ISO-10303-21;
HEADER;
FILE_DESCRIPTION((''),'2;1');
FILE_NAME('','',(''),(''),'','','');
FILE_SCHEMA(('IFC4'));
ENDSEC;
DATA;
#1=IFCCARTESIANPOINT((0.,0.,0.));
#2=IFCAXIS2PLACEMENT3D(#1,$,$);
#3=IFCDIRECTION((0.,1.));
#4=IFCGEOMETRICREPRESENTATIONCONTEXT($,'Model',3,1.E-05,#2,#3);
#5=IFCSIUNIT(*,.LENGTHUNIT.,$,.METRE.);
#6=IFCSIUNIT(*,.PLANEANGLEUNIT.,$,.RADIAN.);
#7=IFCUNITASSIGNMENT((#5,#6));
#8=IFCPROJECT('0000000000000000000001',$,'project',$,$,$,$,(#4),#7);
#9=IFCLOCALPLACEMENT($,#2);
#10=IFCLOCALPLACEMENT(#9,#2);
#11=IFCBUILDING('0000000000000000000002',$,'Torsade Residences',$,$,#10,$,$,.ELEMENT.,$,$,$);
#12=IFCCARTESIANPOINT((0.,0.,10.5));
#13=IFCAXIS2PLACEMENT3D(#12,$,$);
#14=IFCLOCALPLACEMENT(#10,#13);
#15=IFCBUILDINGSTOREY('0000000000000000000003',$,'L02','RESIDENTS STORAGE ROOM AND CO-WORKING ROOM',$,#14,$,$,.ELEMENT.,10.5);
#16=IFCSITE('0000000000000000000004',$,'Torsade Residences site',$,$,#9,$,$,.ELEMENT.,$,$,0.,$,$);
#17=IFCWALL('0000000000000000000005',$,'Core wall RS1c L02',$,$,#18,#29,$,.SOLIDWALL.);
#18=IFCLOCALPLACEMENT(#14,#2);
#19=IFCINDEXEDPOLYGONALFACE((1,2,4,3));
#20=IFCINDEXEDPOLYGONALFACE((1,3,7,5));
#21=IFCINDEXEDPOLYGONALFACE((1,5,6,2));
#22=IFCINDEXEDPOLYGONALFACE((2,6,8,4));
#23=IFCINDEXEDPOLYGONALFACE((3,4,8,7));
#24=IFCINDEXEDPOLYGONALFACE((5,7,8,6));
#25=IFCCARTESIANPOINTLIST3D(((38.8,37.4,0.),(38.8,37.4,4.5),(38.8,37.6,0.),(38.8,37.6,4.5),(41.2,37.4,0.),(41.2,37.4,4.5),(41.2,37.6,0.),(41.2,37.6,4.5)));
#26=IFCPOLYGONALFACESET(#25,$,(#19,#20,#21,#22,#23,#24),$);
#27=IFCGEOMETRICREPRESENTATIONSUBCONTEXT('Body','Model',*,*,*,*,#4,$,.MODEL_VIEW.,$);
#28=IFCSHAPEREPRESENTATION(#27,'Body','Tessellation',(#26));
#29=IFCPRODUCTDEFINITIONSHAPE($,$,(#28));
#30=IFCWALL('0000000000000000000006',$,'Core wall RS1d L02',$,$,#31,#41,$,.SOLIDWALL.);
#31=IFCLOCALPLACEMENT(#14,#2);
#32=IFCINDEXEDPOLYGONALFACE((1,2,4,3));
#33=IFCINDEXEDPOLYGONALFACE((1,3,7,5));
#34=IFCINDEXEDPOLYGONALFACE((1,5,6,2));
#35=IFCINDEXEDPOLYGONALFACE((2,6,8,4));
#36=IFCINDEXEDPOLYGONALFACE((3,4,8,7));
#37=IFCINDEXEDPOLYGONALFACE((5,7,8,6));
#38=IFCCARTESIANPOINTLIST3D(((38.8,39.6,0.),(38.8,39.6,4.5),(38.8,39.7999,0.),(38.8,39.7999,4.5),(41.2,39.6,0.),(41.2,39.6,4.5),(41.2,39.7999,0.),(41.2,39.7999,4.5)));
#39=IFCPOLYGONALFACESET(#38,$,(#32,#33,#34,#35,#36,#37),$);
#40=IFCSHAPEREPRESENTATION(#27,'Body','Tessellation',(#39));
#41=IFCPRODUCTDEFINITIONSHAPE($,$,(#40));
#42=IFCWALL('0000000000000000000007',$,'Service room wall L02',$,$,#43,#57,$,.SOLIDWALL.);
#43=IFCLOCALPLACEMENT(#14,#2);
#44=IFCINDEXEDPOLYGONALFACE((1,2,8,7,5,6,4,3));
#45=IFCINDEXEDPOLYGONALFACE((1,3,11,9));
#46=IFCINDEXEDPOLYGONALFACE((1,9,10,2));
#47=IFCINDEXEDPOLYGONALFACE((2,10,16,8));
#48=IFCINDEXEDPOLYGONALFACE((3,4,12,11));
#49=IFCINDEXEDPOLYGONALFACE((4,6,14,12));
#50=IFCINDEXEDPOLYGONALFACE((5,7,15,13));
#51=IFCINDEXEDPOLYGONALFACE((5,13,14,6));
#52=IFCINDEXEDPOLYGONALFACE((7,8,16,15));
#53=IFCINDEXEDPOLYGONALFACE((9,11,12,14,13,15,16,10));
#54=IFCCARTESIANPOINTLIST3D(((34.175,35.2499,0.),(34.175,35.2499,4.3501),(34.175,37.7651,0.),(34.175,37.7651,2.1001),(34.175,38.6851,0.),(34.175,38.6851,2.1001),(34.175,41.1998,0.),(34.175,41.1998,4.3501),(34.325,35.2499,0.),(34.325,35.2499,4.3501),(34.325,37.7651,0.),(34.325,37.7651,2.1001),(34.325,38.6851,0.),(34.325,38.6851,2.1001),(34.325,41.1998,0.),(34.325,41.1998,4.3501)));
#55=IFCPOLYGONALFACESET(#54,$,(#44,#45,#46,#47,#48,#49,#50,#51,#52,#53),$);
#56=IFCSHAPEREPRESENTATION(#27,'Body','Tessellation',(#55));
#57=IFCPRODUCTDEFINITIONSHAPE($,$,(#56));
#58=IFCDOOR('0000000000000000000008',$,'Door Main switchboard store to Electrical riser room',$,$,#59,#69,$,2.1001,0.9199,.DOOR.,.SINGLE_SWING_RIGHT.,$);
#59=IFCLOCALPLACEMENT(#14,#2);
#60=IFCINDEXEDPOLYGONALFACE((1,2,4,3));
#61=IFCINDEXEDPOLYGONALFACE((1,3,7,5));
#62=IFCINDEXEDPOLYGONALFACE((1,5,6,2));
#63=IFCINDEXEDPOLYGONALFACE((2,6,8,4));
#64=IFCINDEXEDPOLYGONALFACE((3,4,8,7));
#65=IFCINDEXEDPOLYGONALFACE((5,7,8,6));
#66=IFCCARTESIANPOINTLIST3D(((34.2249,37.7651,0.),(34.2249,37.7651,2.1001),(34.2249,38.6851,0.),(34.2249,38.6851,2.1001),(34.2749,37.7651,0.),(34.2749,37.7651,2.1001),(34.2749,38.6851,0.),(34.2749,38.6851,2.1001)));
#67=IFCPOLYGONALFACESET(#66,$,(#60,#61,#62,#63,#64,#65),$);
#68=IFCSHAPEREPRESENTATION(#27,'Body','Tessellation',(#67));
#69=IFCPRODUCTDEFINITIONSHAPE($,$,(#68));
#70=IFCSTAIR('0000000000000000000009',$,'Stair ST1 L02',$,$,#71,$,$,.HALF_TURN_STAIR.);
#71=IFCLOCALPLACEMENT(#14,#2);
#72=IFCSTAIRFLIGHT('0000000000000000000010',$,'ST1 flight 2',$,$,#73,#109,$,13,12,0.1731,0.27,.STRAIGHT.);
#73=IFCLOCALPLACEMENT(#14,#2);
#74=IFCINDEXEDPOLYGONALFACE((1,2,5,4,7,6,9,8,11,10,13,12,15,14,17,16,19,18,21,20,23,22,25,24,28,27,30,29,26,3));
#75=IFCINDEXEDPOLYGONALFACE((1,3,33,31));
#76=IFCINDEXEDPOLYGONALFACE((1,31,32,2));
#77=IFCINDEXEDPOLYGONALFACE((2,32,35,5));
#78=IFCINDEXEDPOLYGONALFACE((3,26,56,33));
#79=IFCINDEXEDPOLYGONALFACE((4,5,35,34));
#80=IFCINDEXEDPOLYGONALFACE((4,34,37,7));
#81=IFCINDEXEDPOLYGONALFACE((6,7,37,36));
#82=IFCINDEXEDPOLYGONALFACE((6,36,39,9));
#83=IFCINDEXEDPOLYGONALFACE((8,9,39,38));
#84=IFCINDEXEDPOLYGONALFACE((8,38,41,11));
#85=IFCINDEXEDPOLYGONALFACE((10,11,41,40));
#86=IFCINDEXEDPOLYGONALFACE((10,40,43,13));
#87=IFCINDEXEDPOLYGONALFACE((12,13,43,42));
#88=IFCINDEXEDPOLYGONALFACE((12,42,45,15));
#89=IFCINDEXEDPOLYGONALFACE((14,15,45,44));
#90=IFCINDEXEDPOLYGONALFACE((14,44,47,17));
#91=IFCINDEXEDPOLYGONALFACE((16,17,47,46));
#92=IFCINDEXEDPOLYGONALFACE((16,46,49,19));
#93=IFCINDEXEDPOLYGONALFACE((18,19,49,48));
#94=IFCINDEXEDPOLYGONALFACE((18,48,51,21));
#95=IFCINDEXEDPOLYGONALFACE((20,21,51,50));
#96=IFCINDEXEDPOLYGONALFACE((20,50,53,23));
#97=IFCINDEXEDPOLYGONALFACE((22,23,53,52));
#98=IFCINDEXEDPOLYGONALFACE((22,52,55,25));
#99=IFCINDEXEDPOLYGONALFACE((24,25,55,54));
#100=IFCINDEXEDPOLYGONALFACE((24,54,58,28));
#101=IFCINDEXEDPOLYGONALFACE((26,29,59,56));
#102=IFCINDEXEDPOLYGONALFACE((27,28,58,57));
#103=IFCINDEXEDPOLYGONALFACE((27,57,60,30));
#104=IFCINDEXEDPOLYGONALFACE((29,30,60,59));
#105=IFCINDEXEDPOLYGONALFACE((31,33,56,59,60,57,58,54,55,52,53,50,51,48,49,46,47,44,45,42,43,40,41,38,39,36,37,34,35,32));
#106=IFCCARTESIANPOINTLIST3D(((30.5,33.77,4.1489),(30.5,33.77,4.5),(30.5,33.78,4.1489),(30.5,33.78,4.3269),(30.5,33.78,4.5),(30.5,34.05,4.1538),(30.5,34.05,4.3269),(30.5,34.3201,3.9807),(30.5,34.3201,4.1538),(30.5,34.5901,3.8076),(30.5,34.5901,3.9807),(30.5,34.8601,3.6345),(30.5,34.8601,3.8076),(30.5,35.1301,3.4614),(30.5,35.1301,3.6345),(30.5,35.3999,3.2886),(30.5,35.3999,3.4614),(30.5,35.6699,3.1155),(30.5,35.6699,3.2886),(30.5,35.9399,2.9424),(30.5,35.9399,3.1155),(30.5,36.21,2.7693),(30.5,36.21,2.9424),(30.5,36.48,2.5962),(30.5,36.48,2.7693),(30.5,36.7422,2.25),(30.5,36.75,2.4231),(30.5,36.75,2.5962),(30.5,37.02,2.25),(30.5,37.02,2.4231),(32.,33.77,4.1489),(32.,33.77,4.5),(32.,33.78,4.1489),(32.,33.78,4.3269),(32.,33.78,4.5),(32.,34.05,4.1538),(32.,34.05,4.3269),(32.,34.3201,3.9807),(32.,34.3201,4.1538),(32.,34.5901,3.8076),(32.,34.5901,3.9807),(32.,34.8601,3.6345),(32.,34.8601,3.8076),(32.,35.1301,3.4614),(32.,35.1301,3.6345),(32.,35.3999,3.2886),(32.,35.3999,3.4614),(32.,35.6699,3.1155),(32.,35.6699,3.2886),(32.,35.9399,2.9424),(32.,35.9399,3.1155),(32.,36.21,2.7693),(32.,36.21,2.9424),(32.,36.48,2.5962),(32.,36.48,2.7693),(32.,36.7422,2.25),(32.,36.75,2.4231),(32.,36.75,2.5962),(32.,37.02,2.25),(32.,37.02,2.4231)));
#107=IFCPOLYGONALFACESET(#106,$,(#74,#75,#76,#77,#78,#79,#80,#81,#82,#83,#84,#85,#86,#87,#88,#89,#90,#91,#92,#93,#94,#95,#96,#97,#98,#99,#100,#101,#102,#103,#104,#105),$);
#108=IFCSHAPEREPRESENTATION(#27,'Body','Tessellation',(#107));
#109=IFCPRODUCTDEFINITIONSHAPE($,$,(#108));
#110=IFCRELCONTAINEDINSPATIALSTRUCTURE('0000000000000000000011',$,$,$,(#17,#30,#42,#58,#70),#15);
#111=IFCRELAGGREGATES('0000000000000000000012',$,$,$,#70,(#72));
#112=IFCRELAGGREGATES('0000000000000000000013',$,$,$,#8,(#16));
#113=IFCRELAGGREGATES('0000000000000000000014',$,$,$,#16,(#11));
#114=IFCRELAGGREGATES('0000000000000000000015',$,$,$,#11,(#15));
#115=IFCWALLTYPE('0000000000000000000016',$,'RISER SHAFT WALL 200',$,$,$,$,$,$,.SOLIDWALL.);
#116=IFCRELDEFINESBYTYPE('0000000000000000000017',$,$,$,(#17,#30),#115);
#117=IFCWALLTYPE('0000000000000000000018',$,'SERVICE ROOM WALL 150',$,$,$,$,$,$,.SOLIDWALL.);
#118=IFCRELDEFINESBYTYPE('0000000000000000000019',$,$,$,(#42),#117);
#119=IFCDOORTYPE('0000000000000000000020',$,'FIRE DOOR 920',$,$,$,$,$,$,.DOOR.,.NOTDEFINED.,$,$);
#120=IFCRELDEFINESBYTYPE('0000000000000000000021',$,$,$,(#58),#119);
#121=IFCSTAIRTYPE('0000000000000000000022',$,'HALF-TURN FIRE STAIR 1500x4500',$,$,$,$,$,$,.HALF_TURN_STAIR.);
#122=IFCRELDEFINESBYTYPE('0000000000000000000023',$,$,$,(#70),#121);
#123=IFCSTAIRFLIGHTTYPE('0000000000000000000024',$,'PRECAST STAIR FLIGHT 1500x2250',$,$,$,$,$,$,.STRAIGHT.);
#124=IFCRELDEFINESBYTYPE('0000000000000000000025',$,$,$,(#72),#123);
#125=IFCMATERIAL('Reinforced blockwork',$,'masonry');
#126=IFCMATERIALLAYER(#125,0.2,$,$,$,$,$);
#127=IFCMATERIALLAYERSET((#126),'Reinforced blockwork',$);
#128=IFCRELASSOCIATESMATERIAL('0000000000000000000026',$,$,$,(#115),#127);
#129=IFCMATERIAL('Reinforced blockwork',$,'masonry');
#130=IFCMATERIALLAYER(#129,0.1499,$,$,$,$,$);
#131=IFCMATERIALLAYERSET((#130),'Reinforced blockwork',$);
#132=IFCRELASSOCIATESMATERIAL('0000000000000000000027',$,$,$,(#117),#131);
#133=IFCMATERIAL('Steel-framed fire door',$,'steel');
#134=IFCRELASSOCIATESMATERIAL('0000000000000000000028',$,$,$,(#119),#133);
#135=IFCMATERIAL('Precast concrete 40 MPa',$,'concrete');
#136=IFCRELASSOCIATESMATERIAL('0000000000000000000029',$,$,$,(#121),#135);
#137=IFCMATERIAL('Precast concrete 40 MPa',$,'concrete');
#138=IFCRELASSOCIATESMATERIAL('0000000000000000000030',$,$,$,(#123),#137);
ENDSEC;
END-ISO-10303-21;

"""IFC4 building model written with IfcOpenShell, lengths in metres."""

from ifc_helpers import new_model, si_unit, direction, frame, frame_2d, origin, place, context, subcontext, project, spatial, polyline, rectangle, outline, extrude, material, layer, layer_set, type_object, element, fill, aggregate, save


model = new_model("IFC4")

# Units and contexts
model_context = context("Model", 3, precision=1e-05, world=origin(), true_north=direction((0.0, 1.0)))
body_context = subcontext(model_context, "Body", "Model", "MODEL_VIEW")
ifc_project = project(units=[si_unit("LENGTHUNIT", "METRE"), si_unit("PLANEANGLEUNIT", "RADIAN")], contexts=[model_context])

# Site, building, storey
site_placement = place(None, origin())
site = spatial("IfcSite", under=ifc_project, at=site_placement, Name="Torsade Residences site", CompositionType="ELEMENT", RefElevation=0.0)
building_placement = place(site_placement, origin())
building = spatial("IfcBuilding", under=site, at=building_placement, Name="Torsade Residences", CompositionType="ELEMENT")
storey_placement = place(building_placement, frame((0.0, 0.0, 10.5)))
storey = spatial("IfcBuildingStorey", under=building, at=storey_placement, Name="L02", Description="RESIDENTS STORAGE ROOM AND CO-WORKING ROOM", CompositionType="ELEMENT", Elevation=10.5)

# Walls
ifc_material_1 = material(Name="Reinforced blockwork", Category="masonry")
ifc_layer_1 = layer(ifc_material_1, 0.2)
ifc_layer_set_1 = layer_set([ifc_layer_1], Name="Reinforced blockwork")
wall_type_1 = type_object("IfcWallType", Name="RISER SHAFT WALL 200", PredefinedType="SOLIDWALL", material=ifc_layer_set_1)
for number, where, z_axis, x_axis, name in (
    (1, (38.8, 37.5, 0.0), (0.0, 0.0, 1.0), (1.0, 0.0, 0.0), "Core wall RS1c L02"),
    (2, (38.8, 39.7, 0.0), (0.0, 0.0, 1.0), (1.0, 0.0, 0.0), "Core wall RS1d L02"),
):
    element("IfcWall", number, at=place(storey_placement, frame(where, z_axis=z_axis, x_axis=x_axis)), inside=storey, type_object=wall_type_1, Name=name, PredefinedType="SOLIDWALL", context=body_context, shape_type="SweptSolid", body=[
        extrude(rectangle(XDim=2.3999, YDim=0.2, at=frame_2d((1.2, 0.0))), origin(), (0.0, 0.0, 1.0), 4.5),
    ])

# Wall, opening, door
ifc_material_2 = material(Name="Reinforced blockwork", Category="masonry")
ifc_layer_2 = layer(ifc_material_2, 0.1499)
ifc_layer_set_2 = layer_set([ifc_layer_2], Name="Reinforced blockwork")
wall_type_2 = type_object("IfcWallType", Name="SERVICE ROOM WALL 150", PredefinedType="SOLIDWALL", material=ifc_layer_set_2)
wall_1_placement = place(storey_placement, frame((34.25, 41.2, 0.0), z_axis=(0.0, 0.0, 1.0), x_axis=(0.0, -1.0, 0.0)))
wall_1 = element("IfcWall", 3, at=wall_1_placement, inside=storey, type_object=wall_type_2, Name="Service room wall L02", PredefinedType="SOLIDWALL", context=body_context, shape_type="SweptSolid", body=[
    extrude(rectangle(XDim=5.95, YDim=0.1499, at=frame_2d((2.9751, 0.0))), origin(), (0.0, 0.0, 1.0), 4.3501),
])
opening_1_placement = place(wall_1_placement, frame((2.5149, 0.0, 0.0)))
opening_1 = element("IfcOpeningElement", 4, at=opening_1_placement, cuts=wall_1, PredefinedType="OPENING", context=body_context, shape_type="SweptSolid", body=[
    extrude(rectangle(XDim=0.9199, YDim=2.1001, at=frame_2d((0.46, 1.05))), frame((0.0, 0.085, 0.0), z_axis=(0.0, -1.0, 0.0), x_axis=(1.0, 0.0, 0.0)), (0.0, 0.0, 1.0), 0.1699),
])
ifc_material_3 = material(Name="Steel-framed fire door", Category="steel")
door_type_1 = type_object("IfcDoorType", Name="FIRE DOOR 920", OperationType="NOTDEFINED", PredefinedType="DOOR", material=ifc_material_3)
door_1_placement = place(opening_1_placement, origin())
door_1 = element("IfcDoor", 5, at=door_1_placement, inside=storey, type_object=door_type_1, Name="Door Main switchboard store to Electrical riser room", OperationType="SINGLE_SWING_RIGHT", OverallHeight=2.1001, OverallWidth=0.9199, PredefinedType="DOOR", context=body_context, shape_type="SweptSolid", body=[
    extrude(rectangle(XDim=0.9199, YDim=2.1001, at=frame_2d((0.46, 1.05))), frame((0.0, 0.0249, 0.0), z_axis=(0.0, -1.0, 0.0), x_axis=(1.0, 0.0, 0.0)), (0.0, 0.0, 1.0), 0.05),
])
fill(opening_1, door_1)

# Stair, stair flight
ifc_material_4 = material(Name="Precast concrete 40 MPa", Category="concrete")
stair_type = type_object("IfcStairType", Name="HALF-TURN FIRE STAIR 1500x4500", PredefinedType="HALF_TURN_STAIR", material=ifc_material_4)
stair_placement = place(storey_placement, origin())
stair = element("IfcStair", 6, at=stair_placement, inside=storey, type_object=stair_type, Name="Stair ST1 L02", PredefinedType="HALF_TURN_STAIR")
ifc_material_5 = material(Name="Precast concrete 40 MPa", Category="concrete")
stair_flight_type = type_object("IfcStairFlightType", Name="PRECAST STAIR FLIGHT 1500x2250", PredefinedType="STRAIGHT", material=ifc_material_5)
stair_flight_placement = place(storey_placement, frame((31.25, 37.02, 2.25), z_axis=(0.0, 0.0, 1.0), x_axis=(0.0, -1.0, 0.0)))
stair_flight = element("IfcStairFlight", 7, at=stair_flight_placement, type_object=stair_flight_type, Name="ST1 flight 2", NumberOfRisers=13, NumberOfTreads=12, PredefinedType="STRAIGHT", RiserHeight=0.1731, TreadLength=0.27, context=body_context, shape_type="SweptSolid", body=[
    extrude(outline(polyline([(0.0, 0.0), (0.0, 0.1731), (0.27, 0.1731), (0.27, 0.3462), (0.54, 0.3462), (0.54, 0.5193), (0.8101, 0.5193), (0.8101, 0.6924), (1.0801, 0.6924), (1.0801, 0.8655), (1.3501, 0.8655), (1.3501, 1.0386), (1.6201, 1.0386), (1.6201, 1.2114), (1.8899, 1.2114), (1.8899, 1.3845), (2.1599, 1.3845), (2.1599, 1.5576), (2.4299, 1.5576), (2.4299, 1.7307), (2.7, 1.7307), (2.7, 1.9038), (2.97, 1.9038), (2.97, 2.0769), (3.24, 2.0769), (3.24, 2.25), (3.25, 2.25), (3.25, 1.8989), (3.24, 1.8989), (0.2778, 0.0), (0.0, 0.0)])), frame((0.0, 0.75, 0.0), z_axis=(0.0, -1.0, 0.0), x_axis=(1.0, 0.0, 0.0)), (0.0, 0.0, 1.0), 1.5),
])
aggregate(stair, [stair_flight])

save(model, "model.ifc")
